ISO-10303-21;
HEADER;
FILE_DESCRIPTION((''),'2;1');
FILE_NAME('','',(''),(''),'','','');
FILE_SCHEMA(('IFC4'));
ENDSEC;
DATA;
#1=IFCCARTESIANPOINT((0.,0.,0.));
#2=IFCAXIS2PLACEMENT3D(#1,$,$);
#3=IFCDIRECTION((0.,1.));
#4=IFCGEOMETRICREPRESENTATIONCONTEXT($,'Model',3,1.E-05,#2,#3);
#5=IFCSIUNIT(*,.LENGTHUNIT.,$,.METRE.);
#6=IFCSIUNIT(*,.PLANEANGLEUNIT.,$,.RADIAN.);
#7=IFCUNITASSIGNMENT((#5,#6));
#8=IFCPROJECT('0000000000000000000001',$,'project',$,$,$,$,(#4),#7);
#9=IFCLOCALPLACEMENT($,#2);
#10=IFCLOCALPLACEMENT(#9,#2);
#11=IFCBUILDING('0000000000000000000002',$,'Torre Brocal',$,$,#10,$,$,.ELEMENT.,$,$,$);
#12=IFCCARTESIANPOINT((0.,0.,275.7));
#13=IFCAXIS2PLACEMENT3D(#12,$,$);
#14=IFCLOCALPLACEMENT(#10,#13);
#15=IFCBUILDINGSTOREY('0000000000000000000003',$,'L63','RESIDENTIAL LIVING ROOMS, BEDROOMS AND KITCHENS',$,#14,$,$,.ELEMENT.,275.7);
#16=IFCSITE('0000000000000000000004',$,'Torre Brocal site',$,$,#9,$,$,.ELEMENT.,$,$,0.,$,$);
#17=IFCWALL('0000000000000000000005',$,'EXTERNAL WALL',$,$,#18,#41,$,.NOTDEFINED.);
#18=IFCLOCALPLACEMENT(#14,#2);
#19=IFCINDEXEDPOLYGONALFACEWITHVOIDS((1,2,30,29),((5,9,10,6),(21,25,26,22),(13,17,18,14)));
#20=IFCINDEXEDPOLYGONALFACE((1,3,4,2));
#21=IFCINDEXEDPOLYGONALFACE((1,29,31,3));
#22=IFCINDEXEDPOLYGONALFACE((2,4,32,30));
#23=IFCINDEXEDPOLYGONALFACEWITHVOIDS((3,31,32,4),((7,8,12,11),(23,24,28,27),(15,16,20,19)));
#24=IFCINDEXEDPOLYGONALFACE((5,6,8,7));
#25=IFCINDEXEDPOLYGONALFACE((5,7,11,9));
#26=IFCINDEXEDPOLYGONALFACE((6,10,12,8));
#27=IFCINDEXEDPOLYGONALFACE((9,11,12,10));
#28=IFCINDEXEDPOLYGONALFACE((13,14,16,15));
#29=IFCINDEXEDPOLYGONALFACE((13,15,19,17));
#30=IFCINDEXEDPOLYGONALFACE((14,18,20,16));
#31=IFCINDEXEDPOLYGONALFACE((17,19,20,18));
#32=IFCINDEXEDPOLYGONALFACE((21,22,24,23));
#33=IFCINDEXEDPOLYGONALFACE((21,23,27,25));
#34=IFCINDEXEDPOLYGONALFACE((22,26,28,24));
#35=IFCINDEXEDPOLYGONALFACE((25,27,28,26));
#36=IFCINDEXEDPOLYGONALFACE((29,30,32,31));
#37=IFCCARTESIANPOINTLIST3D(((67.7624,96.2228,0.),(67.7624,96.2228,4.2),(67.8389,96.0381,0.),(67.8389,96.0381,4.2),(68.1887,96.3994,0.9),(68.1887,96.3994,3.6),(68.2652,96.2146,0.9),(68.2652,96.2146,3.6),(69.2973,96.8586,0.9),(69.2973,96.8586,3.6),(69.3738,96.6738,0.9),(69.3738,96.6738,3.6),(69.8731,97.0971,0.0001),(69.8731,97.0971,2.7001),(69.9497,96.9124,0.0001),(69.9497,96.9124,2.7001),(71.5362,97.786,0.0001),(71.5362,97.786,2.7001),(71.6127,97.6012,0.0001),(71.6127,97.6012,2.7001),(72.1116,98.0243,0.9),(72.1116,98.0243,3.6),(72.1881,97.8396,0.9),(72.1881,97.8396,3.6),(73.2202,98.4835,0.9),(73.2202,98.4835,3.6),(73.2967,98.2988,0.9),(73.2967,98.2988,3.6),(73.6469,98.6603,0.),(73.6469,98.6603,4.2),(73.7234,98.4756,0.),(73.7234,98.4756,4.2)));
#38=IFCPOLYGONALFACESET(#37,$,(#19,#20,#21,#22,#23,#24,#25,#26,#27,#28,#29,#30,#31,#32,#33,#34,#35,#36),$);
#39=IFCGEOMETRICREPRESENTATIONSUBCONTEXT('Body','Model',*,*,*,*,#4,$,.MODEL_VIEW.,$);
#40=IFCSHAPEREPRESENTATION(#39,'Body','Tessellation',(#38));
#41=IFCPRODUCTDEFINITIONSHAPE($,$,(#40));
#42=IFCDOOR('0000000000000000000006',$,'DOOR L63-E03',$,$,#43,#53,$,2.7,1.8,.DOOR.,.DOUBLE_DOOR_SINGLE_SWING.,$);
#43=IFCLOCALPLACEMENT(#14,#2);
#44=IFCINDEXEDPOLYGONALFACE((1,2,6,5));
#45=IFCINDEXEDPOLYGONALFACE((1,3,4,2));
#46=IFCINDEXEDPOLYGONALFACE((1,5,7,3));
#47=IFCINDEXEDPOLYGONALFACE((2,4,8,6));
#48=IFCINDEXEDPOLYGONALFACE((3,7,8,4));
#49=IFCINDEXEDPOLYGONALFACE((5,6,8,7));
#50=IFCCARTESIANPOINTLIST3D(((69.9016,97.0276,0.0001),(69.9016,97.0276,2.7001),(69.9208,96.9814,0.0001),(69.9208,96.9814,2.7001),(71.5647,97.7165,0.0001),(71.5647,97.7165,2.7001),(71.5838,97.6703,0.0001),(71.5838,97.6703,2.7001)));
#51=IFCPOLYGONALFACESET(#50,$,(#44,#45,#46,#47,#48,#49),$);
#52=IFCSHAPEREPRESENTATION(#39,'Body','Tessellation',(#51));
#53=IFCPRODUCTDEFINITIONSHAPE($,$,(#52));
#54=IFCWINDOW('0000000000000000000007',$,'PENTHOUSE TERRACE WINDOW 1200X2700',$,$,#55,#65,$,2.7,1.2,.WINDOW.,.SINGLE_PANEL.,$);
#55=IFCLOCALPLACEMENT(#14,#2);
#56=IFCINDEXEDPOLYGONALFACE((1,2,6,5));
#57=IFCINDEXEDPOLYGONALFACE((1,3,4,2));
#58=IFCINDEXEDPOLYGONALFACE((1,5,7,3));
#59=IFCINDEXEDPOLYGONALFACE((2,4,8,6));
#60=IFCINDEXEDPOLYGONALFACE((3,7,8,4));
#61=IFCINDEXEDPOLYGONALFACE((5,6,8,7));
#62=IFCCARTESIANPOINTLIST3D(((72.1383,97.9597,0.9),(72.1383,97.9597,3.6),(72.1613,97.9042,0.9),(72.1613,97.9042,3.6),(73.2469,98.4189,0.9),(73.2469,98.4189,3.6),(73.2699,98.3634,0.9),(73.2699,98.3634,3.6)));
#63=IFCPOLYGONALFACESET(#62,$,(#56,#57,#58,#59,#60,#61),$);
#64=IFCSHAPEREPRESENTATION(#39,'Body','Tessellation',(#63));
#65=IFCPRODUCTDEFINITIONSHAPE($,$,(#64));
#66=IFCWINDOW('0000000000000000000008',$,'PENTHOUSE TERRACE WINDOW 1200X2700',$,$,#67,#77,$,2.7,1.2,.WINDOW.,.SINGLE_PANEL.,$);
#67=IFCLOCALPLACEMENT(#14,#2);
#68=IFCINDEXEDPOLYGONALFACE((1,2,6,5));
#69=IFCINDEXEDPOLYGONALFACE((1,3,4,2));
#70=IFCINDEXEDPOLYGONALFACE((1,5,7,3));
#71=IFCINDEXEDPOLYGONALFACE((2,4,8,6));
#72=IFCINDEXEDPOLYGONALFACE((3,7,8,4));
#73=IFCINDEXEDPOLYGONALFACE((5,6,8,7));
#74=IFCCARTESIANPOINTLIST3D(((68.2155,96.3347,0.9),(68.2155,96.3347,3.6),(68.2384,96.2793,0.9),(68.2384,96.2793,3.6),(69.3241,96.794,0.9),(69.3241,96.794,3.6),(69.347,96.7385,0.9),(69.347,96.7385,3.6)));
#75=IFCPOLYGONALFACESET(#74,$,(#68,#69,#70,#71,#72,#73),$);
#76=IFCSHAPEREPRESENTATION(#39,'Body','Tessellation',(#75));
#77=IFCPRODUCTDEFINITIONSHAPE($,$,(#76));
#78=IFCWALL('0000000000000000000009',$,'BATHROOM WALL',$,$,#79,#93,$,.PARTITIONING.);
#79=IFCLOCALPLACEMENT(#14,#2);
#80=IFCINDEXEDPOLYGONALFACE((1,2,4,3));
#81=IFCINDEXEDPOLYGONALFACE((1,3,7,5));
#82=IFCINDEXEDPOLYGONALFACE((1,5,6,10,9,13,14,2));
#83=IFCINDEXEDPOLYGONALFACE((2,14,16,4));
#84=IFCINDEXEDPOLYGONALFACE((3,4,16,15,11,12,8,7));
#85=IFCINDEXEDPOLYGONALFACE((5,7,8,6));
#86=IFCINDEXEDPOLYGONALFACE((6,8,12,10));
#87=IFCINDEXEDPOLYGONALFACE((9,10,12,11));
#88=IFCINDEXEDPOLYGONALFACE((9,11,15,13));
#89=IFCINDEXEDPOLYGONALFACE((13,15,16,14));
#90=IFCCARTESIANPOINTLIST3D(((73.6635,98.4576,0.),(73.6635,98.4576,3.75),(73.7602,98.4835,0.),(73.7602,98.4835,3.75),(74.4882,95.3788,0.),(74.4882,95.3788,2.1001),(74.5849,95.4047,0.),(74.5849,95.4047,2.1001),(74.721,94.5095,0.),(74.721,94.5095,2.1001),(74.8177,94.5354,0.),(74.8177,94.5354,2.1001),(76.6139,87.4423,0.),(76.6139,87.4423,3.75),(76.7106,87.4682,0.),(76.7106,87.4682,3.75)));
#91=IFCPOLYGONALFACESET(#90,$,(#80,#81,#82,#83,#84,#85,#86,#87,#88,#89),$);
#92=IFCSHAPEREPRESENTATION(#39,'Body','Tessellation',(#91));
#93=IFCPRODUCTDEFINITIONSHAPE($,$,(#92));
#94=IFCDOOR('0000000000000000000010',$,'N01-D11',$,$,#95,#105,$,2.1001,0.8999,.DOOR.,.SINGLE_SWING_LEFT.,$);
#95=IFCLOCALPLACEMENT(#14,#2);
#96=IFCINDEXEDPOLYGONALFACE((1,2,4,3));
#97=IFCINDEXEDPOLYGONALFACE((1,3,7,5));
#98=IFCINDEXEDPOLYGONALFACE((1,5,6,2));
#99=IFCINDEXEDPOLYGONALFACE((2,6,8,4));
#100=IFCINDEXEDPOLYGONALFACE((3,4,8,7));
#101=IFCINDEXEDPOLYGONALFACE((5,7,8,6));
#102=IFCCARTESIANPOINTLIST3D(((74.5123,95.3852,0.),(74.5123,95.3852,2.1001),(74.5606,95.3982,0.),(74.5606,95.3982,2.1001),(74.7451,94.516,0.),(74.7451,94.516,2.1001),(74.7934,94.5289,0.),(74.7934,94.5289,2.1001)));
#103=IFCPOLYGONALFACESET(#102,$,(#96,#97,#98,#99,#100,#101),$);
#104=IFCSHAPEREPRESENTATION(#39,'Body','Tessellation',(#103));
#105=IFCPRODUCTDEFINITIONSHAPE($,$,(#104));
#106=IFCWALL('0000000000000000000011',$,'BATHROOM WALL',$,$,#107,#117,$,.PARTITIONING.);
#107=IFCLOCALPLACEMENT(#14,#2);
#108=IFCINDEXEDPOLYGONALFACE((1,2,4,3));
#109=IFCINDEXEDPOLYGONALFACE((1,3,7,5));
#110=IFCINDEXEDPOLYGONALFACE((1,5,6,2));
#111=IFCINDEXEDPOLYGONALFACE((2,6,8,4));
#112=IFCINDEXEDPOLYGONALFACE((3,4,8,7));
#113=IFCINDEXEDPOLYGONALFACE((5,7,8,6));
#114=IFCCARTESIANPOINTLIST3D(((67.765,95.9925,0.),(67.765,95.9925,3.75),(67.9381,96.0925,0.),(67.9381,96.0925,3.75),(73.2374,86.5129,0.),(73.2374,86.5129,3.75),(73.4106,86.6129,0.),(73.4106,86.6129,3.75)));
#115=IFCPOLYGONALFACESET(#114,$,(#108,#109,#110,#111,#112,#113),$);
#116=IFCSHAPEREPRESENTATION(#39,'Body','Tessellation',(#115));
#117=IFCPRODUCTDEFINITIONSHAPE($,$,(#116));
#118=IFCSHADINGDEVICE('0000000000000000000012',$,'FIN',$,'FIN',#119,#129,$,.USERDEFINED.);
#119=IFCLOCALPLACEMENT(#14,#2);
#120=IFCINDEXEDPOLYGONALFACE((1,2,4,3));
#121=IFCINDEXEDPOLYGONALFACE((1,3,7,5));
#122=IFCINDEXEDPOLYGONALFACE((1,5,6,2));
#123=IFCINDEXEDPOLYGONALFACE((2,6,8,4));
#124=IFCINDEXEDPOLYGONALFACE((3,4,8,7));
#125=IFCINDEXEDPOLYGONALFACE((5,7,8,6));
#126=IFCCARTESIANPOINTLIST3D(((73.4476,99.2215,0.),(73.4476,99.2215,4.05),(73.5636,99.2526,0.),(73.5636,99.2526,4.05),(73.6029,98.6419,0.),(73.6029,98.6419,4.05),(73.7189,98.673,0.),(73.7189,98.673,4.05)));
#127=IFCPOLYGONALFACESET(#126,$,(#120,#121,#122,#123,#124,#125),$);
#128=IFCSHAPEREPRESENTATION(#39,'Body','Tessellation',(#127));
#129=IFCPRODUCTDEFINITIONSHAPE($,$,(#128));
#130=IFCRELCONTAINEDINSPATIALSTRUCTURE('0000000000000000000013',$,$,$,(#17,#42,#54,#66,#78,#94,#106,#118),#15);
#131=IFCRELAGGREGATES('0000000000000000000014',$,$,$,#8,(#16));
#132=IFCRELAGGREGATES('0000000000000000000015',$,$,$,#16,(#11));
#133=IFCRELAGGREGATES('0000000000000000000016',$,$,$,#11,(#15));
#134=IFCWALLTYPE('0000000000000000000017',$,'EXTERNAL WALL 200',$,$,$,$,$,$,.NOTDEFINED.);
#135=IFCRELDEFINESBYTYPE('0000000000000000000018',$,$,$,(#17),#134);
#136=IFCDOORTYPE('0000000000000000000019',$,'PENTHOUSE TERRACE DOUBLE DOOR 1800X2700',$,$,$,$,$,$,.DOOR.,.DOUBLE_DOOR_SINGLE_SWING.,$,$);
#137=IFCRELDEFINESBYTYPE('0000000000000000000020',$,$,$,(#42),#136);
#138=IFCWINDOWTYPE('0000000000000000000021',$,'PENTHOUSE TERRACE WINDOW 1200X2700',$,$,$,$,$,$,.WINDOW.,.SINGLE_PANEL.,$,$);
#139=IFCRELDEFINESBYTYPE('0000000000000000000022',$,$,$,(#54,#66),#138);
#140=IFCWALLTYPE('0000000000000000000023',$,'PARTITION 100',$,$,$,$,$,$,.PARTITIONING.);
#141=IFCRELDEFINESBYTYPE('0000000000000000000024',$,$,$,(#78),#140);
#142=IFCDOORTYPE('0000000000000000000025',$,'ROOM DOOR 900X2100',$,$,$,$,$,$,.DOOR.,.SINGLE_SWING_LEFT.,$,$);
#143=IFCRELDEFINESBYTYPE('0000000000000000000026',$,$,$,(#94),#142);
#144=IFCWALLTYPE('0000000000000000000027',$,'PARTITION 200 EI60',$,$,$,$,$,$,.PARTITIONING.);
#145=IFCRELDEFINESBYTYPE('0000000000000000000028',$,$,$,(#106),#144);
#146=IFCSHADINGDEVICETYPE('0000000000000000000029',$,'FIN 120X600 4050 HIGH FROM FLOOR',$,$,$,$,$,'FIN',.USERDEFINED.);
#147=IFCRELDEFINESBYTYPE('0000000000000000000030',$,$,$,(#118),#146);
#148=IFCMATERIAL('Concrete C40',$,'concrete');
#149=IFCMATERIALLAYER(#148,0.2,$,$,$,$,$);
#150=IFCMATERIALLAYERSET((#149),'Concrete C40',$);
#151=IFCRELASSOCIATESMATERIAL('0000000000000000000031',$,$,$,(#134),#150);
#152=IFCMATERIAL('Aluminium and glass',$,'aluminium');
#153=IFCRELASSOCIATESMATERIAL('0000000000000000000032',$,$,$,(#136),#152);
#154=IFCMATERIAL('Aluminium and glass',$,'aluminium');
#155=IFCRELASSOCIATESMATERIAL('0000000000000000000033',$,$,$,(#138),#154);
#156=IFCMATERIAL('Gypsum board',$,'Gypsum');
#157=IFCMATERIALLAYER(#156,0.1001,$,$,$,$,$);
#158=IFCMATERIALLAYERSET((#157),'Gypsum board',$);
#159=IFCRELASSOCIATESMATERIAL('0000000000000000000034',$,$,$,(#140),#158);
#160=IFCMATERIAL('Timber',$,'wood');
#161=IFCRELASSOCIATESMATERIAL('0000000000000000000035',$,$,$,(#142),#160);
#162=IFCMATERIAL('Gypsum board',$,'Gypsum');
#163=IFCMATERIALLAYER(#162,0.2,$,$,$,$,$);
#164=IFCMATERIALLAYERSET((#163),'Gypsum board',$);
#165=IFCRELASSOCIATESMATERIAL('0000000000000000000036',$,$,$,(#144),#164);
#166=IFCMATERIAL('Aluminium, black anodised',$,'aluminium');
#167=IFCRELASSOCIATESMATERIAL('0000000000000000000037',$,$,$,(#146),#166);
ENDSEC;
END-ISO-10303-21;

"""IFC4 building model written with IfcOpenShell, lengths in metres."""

from ifc_helpers import new_model, si_unit, direction, frame, frame_2d, origin, origin_2d, place, context, subcontext, project, spatial, rectangle, extrude, material, layer, layer_set, material_profile, profile_set, type_object, element, fill, save


model = new_model("IFC4")

# Units and contexts
model_context = context("Model", 3, precision=1e-05, world=origin(), true_north=direction((0.0, 1.0)))
body_context = subcontext(model_context, "Body", "Model", "MODEL_VIEW")
ifc_project = project(units=[si_unit("LENGTHUNIT", "METRE"), si_unit("PLANEANGLEUNIT", "RADIAN")], contexts=[model_context])

# Site, building, storey
site_placement = place(None, origin())
site = spatial("IfcSite", under=ifc_project, at=site_placement, Name="Torre Brocal site", CompositionType="ELEMENT", RefElevation=0.0)
building_placement = place(site_placement, origin())
building = spatial("IfcBuilding", under=site, at=building_placement, Name="Torre Brocal", CompositionType="ELEMENT")
storey_placement = place(building_placement, frame((0.0, 0.0, 275.7)))
storey = spatial("IfcBuildingStorey", under=building, at=storey_placement, Name="L63", Description="RESIDENTIAL LIVING ROOMS, BEDROOMS AND KITCHENS", CompositionType="ELEMENT", Elevation=275.7)

# Wall, openings, door, windows
ifc_material_1 = material(Name="Concrete C40", Category="concrete")
ifc_layer_1 = layer(ifc_material_1, 0.2)
ifc_layer_set_1 = layer_set([ifc_layer_1], Name="Concrete C40")
wall_type_1 = type_object("IfcWallType", Name="EXTERNAL WALL 200", PredefinedType="NOTDEFINED", material=ifc_layer_set_1)
wall_1_placement = place(storey_placement, frame((73.6851, 98.5679, 0.0), z_axis=(0.0, 0.0, 1.0), x_axis=(-0.923877, -0.38269, 0.0)))
wall_1 = element("IfcWall", 1, at=wall_1_placement, inside=storey, type_object=wall_type_1, Name="EXTERNAL WALL", PredefinedType="NOTDEFINED", context=body_context, shape_type="SweptSolid", body=[
    extrude(rectangle(XDim=6.3694, YDim=0.2, at=frame_2d((3.1846, 0.0))), origin(), (0.0, 0.0, 1.0), 4.2),
])
opening_1_placement = place(wall_1_placement, frame((0.4617, 0.0, 0.8999)))
opening_1 = element("IfcOpeningElement", 2, at=opening_1_placement, cuts=wall_1, PredefinedType="OPENING", context=body_context, shape_type="SweptSolid", body=[
    extrude(rectangle(XDim=1.2, YDim=2.7, at=frame_2d((0.6001, 1.3501))), frame((0.0, 0.1099, 0.0), z_axis=(0.0, -1.0, 0.0), x_axis=(1.0, 0.0, 0.0)), (0.0, 0.0, 1.0), 0.22),
])
opening_2_placement = place(wall_1_placement, frame((2.2847, 0.0, 0.0)))
opening_2 = element("IfcOpeningElement", 3, at=opening_2_placement, cuts=wall_1, PredefinedType="OPENING", context=body_context, shape_type="SweptSolid", body=[
    extrude(rectangle(XDim=1.8, YDim=2.7, at=frame_2d((0.8999, 1.3501))), frame((0.0, 0.1099, 0.0), z_axis=(0.0, -1.0, 0.0), x_axis=(1.0, 0.0, 0.0)), (0.0, 0.0, 1.0), 0.22),
])
opening_3_placement = place(wall_1_placement, frame((4.7078, 0.0, 0.8999)))
opening_3 = element("IfcOpeningElement", 4, at=opening_3_placement, cuts=wall_1, PredefinedType="OPENING", context=body_context, shape_type="SweptSolid", body=[
    extrude(rectangle(XDim=1.2, YDim=2.7, at=frame_2d((0.6001, 1.3501))), frame((0.0, 0.1099, 0.0), z_axis=(0.0, -1.0, 0.0), x_axis=(1.0, 0.0, 0.0)), (0.0, 0.0, 1.0), 0.22),
])
ifc_material_2 = material(Name="Aluminium and glass", Category="aluminium")
door_type_1 = type_object("IfcDoorType", Name="PENTHOUSE TERRACE DOUBLE DOOR 1800X2700", OperationType="DOUBLE_DOOR_SINGLE_SWING", PredefinedType="DOOR", material=ifc_material_2)
door_1_placement = place(opening_2_placement, frame((1.8, 0.0, 0.0), z_axis=(0.0, 0.0, 1.0), x_axis=(-1.0, 0.0, 0.0)))
door_1 = element("IfcDoor", 5, at=door_1_placement, inside=storey, type_object=door_type_1, Name="DOOR L63-E03", OperationType="DOUBLE_DOOR_SINGLE_SWING", OverallHeight=2.7, OverallWidth=1.8, PredefinedType="DOOR", context=body_context, shape_type="SweptSolid", body=[
    extrude(rectangle(XDim=1.8, YDim=2.7, at=frame_2d((0.8999, 1.3501))), frame((0.0, 0.0249, 0.0), z_axis=(0.0, -1.0, 0.0), x_axis=(1.0, 0.0, 0.0)), (0.0, 0.0, 1.0), 0.05),
])
fill(opening_2, door_1)
ifc_material_3 = material(Name="Aluminium and glass", Category="aluminium")
window_type = type_object("IfcWindowType", Name="PENTHOUSE TERRACE WINDOW 1200X2700", PartitioningType="SINGLE_PANEL", PredefinedType="WINDOW", material=ifc_material_3)
window_1_placement = place(opening_1_placement, origin())
window_1 = element("IfcWindow", 6, at=window_1_placement, inside=storey, type_object=window_type, Name="PENTHOUSE TERRACE WINDOW 1200X2700", OverallHeight=2.7, OverallWidth=1.2, PartitioningType="SINGLE_PANEL", PredefinedType="WINDOW", context=body_context, shape_type="SweptSolid", body=[
    extrude(rectangle(XDim=1.2, YDim=2.7, at=frame_2d((0.6001, 1.3501))), frame((0.0, 0.03, 0.0), z_axis=(0.0, -1.0, 0.0), x_axis=(1.0, 0.0, 0.0)), (0.0, 0.0, 1.0), 0.0601),
])
fill(opening_1, window_1)
window_2_placement = place(opening_3_placement, origin())
window_2 = element("IfcWindow", 7, at=window_2_placement, inside=storey, type_object=window_type, Name="PENTHOUSE TERRACE WINDOW 1200X2700", OverallHeight=2.7, OverallWidth=1.2, PartitioningType="SINGLE_PANEL", PredefinedType="WINDOW", context=body_context, shape_type="SweptSolid", body=[
    extrude(rectangle(XDim=1.2, YDim=2.7, at=frame_2d((0.6001, 1.3501))), frame((0.0, 0.03, 0.0), z_axis=(0.0, -1.0, 0.0), x_axis=(1.0, 0.0, 0.0)), (0.0, 0.0, 1.0), 0.0601),
])
fill(opening_3, window_2)

# Wall, opening, door
ifc_material_4 = material(Name="Gypsum board", Category="Gypsum")
ifc_layer_2 = layer(ifc_material_4, 0.1001)
ifc_layer_set_2 = layer_set([ifc_layer_2], Name="Gypsum board")
wall_type_2 = type_object("IfcWallType", Name="PARTITION 100", PredefinedType="PARTITIONING", material=ifc_layer_set_2)
wall_2_placement = place(storey_placement, frame((73.7119, 98.4705, 0.0), z_axis=(0.0, 0.0, 1.0), x_axis=(0.258727, -0.96595, 0.0)))
wall_2 = element("IfcWall", 8, at=wall_2_placement, inside=storey, type_object=wall_type_2, Name="BATHROOM WALL", PredefinedType="PARTITIONING", context=body_context, shape_type="SweptSolid", body=[
    extrude(rectangle(XDim=11.4036, YDim=0.1001, at=frame_2d((5.7017, 0.0))), origin(), (0.0, 0.0, 1.0), 3.75),
])
opening_4_placement = place(wall_2_placement, frame((3.1873, 0.0, 0.0)))
opening_4 = element("IfcOpeningElement", 9, at=opening_4_placement, cuts=wall_2, PredefinedType="OPENING", context=body_context, shape_type="SweptSolid", body=[
    extrude(rectangle(XDim=0.8999, YDim=2.1001, at=frame_2d((0.45, 1.05))), frame((0.0, 0.0601, 0.0), z_axis=(0.0, -1.0, 0.0), x_axis=(1.0, 0.0, 0.0)), (0.0, 0.0, 1.0), 0.1201),
])
ifc_material_5 = material(Name="Timber", Category="wood")
door_type_2 = type_object("IfcDoorType", Name="ROOM DOOR 900X2100", OperationType="SINGLE_SWING_LEFT", PredefinedType="DOOR", material=ifc_material_5)
door_2_placement = place(opening_4_placement, origin())
door_2 = element("IfcDoor", 10, at=door_2_placement, inside=storey, type_object=door_type_2, Name="N01-D11", OperationType="SINGLE_SWING_LEFT", OverallHeight=2.1001, OverallWidth=0.8999, PredefinedType="DOOR", context=body_context, shape_type="SweptSolid", body=[
    extrude(rectangle(XDim=0.8999, YDim=2.1001, at=frame_2d((0.45, 1.05))), frame((0.0, 0.0249, 0.0), z_axis=(0.0, -1.0, 0.0), x_axis=(1.0, 0.0, 0.0)), (0.0, 0.0, 1.0), 0.05),
])
fill(opening_4, door_2)

# Wall
ifc_material_6 = material(Name="Gypsum board", Category="Gypsum")
ifc_layer_3 = layer(ifc_material_6, 0.2)
ifc_layer_set_3 = layer_set([ifc_layer_3], Name="Gypsum board")
wall_type_3 = type_object("IfcWallType", Name="PARTITION 200 EI60", PredefinedType="PARTITIONING", material=ifc_layer_set_3)
wall_3_placement = place(storey_placement, frame((67.8516, 96.0425, 0.0), z_axis=(0.0, 0.0, 1.0), x_axis=(0.499961, -0.866048, 0.0)))
element("IfcWall", 11, at=wall_3_placement, inside=storey, type_object=wall_type_3, Name="BATHROOM WALL", PredefinedType="PARTITIONING", context=body_context, shape_type="SweptSolid", body=[
    extrude(rectangle(XDim=10.9458, YDim=0.2, at=frame_2d((5.4729, 0.0))), origin(), (0.0, 0.0, 1.0), 3.75),
])

# Shading device
ifc_material_7 = material(Name="Aluminium, black anodised", Category="aluminium")
ifc_material_profile_1 = material_profile(ifc_material_7, rectangle(XDim=0.1201, YDim=0.6001, at=origin_2d()), Name="FIN 120X600 4050 HIGH FROM FLOOR")
ifc_profile_set_1 = profile_set([ifc_material_profile_1], Name="Aluminium, black anodised")
shading_device_type = type_object("IfcShadingDeviceType", Name="FIN 120X600 4050 HIGH FROM FLOOR", ElementType="FIN", PredefinedType="USERDEFINED", material=ifc_profile_set_1)
shading_device_placement = place(storey_placement, frame((73.5833, 98.9473, 0.0), z_axis=(0.0, 0.0, 1.0), x_axis=(-0.965926, -0.258819, 0.0)))
element("IfcShadingDevice", 12, at=shading_device_placement, inside=storey, type_object=shading_device_type, Name="FIN", ObjectType="FIN", PredefinedType="USERDEFINED", context=body_context, shape_type="SweptSolid", body=[
    extrude(rectangle(XDim=0.1201, YDim=0.6001, at=origin_2d()), origin(), (0.0, 0.0, 1.0), 4.05),
])

save(model, "model.ifc")
